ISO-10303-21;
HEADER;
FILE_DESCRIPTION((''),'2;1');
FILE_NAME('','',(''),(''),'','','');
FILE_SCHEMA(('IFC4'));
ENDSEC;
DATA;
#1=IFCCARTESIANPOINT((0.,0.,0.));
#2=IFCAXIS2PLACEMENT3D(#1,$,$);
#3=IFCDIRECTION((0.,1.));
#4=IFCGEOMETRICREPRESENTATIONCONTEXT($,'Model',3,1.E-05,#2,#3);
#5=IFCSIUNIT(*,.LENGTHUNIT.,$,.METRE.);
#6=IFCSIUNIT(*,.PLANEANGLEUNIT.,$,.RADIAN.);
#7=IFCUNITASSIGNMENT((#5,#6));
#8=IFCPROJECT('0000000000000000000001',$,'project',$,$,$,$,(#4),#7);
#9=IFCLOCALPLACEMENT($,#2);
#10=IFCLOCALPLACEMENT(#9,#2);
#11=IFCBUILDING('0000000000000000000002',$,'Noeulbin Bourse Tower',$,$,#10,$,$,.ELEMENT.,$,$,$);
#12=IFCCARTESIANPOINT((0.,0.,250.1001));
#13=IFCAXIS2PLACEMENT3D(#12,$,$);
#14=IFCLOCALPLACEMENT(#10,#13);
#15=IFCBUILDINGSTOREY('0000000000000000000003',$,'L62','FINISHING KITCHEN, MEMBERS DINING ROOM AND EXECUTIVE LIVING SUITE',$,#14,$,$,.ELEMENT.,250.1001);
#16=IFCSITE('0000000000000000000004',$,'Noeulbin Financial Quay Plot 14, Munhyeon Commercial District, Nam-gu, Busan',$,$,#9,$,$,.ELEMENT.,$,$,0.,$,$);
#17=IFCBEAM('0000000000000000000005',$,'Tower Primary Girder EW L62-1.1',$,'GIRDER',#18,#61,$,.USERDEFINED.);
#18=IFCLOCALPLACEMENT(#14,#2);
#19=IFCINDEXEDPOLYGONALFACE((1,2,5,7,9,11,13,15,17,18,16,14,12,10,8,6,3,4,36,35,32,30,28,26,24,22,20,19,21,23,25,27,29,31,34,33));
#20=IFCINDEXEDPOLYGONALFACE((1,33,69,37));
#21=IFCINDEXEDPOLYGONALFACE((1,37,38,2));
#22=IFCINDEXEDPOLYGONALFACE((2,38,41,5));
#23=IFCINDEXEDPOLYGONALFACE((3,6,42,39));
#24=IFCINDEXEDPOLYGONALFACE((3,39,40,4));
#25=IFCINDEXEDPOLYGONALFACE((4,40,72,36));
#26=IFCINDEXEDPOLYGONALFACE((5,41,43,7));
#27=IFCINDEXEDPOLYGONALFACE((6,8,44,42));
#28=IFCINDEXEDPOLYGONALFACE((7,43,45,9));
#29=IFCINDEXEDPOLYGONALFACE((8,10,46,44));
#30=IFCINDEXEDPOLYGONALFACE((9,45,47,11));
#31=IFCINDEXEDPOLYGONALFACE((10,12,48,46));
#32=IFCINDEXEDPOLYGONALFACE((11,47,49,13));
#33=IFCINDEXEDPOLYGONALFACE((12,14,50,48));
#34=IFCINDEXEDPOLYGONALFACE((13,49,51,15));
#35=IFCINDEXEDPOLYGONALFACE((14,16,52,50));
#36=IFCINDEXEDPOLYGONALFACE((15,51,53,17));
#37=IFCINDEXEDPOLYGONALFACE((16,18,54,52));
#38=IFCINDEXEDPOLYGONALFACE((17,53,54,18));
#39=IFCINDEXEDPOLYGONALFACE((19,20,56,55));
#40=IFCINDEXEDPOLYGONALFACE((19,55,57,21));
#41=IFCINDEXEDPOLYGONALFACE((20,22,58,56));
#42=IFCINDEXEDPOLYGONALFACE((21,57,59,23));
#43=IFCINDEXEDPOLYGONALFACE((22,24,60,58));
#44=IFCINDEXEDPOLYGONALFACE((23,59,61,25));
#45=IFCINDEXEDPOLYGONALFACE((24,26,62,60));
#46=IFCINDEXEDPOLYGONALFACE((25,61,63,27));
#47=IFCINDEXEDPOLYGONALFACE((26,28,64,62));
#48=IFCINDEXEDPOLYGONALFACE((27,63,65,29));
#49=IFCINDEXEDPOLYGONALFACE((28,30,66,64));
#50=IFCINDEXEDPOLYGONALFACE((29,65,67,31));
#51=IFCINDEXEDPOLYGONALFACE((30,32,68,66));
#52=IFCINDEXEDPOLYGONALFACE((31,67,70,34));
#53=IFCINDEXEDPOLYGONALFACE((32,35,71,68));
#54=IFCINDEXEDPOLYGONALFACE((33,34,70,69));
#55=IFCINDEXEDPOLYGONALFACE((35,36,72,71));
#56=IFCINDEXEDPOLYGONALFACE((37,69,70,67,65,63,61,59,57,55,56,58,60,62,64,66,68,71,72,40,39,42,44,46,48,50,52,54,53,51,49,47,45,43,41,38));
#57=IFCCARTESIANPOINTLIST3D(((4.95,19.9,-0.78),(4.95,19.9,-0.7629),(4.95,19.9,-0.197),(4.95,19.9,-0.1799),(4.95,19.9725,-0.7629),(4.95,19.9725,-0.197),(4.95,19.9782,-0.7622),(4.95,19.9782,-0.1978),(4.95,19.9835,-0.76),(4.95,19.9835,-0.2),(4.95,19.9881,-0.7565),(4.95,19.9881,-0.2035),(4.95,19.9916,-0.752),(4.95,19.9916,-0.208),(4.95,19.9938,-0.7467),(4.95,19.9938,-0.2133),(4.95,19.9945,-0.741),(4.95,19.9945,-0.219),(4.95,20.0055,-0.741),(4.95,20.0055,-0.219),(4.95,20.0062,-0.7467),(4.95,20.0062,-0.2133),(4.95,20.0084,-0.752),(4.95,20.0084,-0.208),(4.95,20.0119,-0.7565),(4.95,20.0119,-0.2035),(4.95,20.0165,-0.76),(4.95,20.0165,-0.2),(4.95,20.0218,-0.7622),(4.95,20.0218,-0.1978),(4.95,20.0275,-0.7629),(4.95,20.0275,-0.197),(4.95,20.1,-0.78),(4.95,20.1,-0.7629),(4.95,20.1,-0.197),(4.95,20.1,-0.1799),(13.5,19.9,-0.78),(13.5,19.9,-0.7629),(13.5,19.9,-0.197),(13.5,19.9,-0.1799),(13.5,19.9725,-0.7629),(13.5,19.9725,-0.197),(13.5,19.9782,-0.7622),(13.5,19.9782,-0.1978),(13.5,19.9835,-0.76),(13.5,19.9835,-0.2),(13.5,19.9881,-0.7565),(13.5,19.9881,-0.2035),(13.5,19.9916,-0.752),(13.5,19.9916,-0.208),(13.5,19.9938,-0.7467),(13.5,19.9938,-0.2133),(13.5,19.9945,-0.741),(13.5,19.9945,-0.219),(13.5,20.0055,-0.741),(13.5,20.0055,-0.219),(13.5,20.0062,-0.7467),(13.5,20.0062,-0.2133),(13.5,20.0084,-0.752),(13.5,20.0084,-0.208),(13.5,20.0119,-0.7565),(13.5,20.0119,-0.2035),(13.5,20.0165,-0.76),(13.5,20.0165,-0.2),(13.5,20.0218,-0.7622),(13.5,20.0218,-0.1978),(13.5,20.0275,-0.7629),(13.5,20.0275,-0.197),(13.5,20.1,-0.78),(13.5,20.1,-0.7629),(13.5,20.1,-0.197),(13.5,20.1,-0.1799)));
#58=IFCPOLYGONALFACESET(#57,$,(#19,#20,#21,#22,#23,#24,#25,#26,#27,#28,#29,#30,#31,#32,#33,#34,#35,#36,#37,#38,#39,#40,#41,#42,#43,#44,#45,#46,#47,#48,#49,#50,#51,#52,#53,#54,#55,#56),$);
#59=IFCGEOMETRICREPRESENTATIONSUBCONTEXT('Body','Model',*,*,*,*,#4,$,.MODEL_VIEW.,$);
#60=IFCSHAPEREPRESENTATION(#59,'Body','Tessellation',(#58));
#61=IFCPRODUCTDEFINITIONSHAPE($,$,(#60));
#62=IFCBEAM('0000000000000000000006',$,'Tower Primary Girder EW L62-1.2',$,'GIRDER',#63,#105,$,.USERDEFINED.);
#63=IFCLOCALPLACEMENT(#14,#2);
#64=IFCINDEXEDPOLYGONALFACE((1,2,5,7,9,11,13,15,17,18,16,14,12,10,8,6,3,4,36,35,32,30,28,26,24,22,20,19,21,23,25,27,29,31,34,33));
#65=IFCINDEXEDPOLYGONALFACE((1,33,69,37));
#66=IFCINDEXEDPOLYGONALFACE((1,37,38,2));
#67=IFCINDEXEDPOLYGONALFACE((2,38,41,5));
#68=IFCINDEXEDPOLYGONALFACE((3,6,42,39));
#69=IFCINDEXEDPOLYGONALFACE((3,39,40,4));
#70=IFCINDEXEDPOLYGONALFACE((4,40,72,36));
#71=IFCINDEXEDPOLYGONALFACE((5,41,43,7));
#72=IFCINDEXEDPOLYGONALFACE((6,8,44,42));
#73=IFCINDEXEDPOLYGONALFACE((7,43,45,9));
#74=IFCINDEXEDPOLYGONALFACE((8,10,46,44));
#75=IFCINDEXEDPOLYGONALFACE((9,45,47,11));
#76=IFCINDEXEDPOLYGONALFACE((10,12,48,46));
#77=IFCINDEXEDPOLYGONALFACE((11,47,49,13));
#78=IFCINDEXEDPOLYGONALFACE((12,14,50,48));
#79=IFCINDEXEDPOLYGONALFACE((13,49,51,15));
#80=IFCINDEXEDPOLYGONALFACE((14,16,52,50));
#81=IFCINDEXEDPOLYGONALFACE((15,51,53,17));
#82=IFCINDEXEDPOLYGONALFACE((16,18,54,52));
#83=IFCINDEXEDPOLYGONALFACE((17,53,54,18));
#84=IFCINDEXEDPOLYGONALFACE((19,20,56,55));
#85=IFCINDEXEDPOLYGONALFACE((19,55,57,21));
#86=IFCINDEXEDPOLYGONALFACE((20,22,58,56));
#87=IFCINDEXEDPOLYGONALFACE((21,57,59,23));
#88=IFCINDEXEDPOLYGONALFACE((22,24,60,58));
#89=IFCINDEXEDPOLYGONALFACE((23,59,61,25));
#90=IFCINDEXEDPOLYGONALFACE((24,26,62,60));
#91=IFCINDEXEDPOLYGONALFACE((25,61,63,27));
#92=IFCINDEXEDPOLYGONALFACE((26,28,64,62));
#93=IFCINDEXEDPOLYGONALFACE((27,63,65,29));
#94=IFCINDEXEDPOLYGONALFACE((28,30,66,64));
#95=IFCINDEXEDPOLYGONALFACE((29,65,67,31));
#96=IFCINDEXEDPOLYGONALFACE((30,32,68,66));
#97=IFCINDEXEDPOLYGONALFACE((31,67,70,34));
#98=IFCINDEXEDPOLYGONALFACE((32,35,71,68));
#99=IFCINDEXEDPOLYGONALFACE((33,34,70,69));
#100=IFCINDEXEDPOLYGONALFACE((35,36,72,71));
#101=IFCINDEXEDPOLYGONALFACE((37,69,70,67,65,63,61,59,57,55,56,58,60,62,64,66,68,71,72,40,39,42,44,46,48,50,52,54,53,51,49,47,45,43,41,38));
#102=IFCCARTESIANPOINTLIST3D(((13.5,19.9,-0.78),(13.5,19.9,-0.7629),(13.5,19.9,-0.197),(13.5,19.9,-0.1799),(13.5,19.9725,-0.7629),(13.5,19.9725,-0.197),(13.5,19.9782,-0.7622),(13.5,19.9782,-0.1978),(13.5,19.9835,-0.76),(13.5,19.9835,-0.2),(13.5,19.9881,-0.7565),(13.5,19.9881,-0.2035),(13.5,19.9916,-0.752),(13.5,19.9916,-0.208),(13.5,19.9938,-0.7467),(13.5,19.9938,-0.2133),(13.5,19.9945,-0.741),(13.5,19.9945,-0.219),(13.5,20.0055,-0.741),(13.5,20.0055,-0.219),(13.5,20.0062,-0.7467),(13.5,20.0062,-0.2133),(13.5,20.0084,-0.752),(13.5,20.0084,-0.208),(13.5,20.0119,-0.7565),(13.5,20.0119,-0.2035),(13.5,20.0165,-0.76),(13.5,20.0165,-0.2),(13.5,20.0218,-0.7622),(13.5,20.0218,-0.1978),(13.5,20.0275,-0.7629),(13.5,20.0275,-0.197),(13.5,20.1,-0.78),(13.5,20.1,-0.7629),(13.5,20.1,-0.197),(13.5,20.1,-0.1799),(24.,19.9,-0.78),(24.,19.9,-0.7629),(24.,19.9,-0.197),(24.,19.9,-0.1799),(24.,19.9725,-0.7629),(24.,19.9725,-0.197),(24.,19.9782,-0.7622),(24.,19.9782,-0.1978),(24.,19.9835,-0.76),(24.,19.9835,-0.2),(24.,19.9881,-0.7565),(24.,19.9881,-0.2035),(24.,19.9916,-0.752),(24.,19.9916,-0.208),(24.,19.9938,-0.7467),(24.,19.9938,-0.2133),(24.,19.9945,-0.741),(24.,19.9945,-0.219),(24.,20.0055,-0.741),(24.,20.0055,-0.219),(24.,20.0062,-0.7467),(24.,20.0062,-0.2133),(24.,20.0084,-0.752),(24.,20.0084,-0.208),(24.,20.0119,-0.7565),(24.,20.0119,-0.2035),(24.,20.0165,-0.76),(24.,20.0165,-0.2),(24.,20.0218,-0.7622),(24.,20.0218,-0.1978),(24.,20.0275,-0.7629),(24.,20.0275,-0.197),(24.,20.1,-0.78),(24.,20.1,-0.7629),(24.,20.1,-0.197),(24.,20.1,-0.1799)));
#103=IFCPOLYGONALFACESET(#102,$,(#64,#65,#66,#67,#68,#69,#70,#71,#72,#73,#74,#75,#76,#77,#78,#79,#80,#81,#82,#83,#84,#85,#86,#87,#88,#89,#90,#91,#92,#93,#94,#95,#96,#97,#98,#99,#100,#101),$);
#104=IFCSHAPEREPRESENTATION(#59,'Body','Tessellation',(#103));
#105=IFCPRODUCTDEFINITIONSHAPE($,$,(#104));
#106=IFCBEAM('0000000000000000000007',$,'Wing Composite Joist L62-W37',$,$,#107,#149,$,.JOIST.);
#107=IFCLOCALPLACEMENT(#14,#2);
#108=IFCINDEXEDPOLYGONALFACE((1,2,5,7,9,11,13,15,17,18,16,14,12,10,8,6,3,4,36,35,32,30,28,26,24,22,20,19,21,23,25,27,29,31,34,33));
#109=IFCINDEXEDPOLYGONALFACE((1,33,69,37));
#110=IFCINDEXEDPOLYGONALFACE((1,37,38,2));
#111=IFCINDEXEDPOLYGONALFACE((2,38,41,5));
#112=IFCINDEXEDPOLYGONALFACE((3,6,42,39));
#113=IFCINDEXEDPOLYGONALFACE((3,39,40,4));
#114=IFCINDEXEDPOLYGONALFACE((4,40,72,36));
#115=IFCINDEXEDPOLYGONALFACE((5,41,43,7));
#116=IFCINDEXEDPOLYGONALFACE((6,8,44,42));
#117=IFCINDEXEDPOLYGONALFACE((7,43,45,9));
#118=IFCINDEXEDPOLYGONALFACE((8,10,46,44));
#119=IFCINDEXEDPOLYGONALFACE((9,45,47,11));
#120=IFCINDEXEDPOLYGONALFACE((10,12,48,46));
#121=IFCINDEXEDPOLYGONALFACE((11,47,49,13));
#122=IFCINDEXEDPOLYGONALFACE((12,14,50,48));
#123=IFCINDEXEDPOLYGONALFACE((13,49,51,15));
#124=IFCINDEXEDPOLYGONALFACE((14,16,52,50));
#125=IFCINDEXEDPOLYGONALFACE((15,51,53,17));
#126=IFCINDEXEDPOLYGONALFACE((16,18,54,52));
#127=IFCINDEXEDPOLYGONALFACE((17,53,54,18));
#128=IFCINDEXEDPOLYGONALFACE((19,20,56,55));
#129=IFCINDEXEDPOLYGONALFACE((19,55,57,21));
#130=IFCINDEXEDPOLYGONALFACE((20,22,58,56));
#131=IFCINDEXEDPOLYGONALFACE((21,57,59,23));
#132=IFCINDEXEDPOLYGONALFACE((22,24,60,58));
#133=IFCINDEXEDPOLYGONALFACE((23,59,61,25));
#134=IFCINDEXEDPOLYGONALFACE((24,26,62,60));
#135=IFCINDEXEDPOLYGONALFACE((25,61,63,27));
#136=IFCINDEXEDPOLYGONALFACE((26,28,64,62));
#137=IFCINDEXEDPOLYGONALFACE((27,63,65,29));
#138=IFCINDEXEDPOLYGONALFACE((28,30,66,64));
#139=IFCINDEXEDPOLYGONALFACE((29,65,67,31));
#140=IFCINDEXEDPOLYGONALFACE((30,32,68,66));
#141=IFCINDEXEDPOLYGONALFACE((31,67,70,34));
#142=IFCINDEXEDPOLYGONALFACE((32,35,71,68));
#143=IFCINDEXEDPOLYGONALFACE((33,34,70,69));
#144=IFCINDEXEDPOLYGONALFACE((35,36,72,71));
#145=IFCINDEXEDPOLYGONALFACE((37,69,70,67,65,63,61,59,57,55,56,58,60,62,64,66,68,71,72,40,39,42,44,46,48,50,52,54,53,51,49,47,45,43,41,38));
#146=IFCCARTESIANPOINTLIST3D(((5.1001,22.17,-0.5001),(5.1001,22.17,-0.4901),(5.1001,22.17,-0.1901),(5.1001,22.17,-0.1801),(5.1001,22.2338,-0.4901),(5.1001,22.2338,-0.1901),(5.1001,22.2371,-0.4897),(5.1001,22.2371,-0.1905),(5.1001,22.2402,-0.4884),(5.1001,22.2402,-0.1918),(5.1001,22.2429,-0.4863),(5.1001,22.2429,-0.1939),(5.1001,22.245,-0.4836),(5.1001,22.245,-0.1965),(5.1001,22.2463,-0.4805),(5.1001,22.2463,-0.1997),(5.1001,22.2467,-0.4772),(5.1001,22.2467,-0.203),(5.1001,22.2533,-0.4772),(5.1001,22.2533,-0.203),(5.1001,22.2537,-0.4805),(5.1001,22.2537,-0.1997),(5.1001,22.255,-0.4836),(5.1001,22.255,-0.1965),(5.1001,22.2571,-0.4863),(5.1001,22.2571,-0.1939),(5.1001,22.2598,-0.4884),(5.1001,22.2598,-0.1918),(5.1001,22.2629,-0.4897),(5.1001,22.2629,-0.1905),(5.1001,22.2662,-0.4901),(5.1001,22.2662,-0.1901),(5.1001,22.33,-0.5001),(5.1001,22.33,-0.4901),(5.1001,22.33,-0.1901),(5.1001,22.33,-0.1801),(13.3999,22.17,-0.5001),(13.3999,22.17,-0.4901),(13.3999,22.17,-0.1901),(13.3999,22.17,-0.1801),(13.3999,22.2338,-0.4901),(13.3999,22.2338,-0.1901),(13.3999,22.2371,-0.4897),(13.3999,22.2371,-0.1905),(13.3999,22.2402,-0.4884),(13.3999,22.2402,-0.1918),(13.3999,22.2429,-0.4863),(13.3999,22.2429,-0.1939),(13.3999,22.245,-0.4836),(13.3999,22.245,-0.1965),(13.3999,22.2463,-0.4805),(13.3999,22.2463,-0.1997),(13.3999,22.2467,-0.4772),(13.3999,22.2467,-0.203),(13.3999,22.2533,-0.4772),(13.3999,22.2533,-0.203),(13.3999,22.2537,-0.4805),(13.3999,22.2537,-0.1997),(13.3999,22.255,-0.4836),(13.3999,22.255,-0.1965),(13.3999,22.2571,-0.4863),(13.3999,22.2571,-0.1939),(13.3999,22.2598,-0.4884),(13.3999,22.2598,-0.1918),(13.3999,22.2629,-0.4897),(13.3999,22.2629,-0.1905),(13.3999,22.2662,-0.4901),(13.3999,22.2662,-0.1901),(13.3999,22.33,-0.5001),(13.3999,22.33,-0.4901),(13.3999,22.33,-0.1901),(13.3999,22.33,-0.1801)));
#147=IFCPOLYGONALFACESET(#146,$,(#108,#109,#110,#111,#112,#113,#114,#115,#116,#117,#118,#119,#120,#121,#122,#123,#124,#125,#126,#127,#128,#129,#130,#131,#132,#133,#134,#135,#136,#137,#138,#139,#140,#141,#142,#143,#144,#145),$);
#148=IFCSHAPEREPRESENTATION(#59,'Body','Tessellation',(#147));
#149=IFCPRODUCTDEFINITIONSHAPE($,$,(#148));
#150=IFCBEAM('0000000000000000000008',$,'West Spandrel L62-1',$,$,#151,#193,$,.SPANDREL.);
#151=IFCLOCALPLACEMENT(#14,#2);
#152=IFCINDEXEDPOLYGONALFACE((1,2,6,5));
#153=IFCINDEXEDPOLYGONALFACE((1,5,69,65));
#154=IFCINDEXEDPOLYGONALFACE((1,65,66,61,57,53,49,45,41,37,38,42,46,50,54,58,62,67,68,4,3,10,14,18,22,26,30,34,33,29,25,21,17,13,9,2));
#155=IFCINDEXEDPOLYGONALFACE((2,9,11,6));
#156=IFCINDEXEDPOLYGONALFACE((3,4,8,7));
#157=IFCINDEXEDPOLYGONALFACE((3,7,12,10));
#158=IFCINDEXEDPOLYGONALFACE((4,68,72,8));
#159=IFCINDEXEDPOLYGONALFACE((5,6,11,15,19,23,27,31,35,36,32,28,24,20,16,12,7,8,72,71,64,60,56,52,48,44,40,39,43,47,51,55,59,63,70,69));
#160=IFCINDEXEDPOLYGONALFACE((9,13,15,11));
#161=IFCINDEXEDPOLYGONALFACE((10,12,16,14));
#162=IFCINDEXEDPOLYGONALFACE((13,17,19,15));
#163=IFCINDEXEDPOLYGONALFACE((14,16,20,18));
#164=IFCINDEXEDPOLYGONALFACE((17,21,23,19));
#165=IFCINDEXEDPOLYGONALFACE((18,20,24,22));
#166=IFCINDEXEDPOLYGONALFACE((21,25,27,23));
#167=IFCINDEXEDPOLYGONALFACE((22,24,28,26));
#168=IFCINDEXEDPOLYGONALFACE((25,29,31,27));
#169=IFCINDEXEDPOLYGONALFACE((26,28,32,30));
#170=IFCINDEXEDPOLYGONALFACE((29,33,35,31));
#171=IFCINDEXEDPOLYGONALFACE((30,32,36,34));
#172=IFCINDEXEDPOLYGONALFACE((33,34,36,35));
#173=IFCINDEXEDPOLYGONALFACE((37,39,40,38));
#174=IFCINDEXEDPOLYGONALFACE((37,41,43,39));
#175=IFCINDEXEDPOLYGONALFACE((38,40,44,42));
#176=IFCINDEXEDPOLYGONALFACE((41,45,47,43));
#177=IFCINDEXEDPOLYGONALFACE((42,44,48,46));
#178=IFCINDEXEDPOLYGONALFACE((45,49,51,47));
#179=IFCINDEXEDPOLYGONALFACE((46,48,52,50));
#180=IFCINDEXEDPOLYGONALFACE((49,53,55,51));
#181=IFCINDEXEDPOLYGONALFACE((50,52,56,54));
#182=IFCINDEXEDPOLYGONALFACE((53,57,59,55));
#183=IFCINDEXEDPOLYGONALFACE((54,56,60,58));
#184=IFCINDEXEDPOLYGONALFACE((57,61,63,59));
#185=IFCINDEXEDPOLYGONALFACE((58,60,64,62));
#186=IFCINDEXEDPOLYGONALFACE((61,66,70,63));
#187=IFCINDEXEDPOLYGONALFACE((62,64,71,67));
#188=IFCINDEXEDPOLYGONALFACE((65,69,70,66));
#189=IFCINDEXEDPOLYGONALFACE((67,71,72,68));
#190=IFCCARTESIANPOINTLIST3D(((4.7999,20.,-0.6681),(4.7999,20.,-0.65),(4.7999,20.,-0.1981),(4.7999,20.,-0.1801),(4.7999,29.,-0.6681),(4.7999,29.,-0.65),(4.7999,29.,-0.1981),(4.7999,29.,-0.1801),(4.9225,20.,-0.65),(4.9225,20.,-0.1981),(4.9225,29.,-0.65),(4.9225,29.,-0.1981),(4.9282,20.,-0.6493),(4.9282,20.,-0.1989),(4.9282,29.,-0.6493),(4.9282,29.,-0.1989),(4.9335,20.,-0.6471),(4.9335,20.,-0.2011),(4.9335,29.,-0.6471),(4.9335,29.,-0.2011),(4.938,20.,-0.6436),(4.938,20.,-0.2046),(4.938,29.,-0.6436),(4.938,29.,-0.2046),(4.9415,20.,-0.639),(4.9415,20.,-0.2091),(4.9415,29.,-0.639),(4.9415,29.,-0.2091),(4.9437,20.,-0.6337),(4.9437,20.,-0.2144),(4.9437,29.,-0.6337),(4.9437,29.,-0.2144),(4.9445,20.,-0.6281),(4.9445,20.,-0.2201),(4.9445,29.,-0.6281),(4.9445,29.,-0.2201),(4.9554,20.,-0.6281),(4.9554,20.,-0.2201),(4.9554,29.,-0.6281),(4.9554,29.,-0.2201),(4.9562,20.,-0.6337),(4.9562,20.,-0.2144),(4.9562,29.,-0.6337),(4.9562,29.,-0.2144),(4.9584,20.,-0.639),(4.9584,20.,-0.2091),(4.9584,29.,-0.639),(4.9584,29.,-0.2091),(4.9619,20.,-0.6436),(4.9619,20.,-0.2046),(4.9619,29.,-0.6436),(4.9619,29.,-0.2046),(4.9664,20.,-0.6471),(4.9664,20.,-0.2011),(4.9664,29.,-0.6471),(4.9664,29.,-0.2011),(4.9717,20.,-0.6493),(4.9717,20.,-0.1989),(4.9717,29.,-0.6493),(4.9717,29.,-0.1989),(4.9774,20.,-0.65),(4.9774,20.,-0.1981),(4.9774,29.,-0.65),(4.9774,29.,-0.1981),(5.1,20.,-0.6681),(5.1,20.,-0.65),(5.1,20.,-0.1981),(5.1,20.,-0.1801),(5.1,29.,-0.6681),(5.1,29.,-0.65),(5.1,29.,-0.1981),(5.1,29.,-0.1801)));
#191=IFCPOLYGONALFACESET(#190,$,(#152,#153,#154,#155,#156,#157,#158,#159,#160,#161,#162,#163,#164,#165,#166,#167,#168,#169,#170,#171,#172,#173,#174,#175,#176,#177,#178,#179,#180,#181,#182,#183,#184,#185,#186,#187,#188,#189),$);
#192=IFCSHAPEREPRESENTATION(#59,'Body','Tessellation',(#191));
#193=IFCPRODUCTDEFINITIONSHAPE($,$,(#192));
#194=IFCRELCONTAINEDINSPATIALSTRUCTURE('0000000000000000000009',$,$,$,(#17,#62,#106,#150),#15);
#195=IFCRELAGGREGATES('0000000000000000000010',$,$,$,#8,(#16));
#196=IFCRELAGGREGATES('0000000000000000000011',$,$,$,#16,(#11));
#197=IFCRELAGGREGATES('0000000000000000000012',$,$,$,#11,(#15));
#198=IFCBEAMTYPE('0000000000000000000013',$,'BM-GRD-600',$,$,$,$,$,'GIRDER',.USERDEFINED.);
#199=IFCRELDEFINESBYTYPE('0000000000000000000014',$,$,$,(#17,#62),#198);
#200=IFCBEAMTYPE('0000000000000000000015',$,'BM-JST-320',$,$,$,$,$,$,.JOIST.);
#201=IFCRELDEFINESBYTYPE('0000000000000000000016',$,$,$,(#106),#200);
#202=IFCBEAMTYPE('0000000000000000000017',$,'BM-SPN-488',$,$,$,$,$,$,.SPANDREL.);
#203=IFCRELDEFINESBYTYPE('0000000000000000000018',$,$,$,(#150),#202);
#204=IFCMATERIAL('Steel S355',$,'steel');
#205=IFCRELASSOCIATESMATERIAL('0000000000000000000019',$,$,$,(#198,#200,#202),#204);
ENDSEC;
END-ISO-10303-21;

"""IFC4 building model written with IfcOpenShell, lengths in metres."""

from ifc_helpers import new_model, si_unit, direction, frame, origin, origin_2d, place, context, subcontext, project, spatial, i_section, extrude, material, material_profile, profile_set, type_object, element, save


model = new_model("IFC4")

# Units and contexts
model_context = context("Model", 3, precision=1e-05, world=origin(), true_north=direction((0.0, 1.0)))
body_context = subcontext(model_context, "Body", "Model", "MODEL_VIEW")
ifc_project = project(units=[si_unit("LENGTHUNIT", "METRE"), si_unit("PLANEANGLEUNIT", "RADIAN")], contexts=[model_context])

# Site, building, storey
site_placement = place(None, origin())
site = spatial("IfcSite", under=ifc_project, at=site_placement, Name="Noeulbin Financial Quay Plot 14, Munhyeon Commercial District, Nam-gu, Busan", CompositionType="ELEMENT", RefElevation=0.0)
building_placement = place(site_placement, origin())
building = spatial("IfcBuilding", under=site, at=building_placement, Name="Noeulbin Bourse Tower", CompositionType="ELEMENT")
storey_placement = place(building_placement, frame((0.0, 0.0, 250.1001)))
storey = spatial("IfcBuildingStorey", under=building, at=storey_placement, Name="L62", Description="FINISHING KITCHEN, MEMBERS DINING ROOM AND EXECUTIVE LIVING SUITE", CompositionType="ELEMENT", Elevation=250.1001)

# Shared definitions
ifc_material_1 = material(Name="Steel S355", Category="steel")

# Beams
ifc_material_profile_1 = material_profile(ifc_material_1, i_section(OverallWidth=0.2, OverallDepth=0.6001, WebThickness=0.011, FlangeThickness=0.0171, FilletRadius=0.022, at=origin_2d()), Name="H-600x200x11x17", Category="LoadBearing")
ifc_profile_set_1 = profile_set([ifc_material_profile_1], Name="Steel S355")
beam_type_1 = type_object("IfcBeamType", Name="BM-GRD-600", ElementType="GIRDER", PredefinedType="USERDEFINED", material=ifc_profile_set_1)
beam_1_placement = place(storey_placement, frame((4.95, 20.0, -0.48), z_axis=(1.0, 0.0, 0.0), x_axis=(0.0, 1.0, 0.0)))
element("IfcBeam", 1, at=beam_1_placement, inside=storey, type_object=beam_type_1, Name="Tower Primary Girder EW L62-1.1", ObjectType="GIRDER", PredefinedType="USERDEFINED", context=body_context, shape_type="SweptSolid", body=[
    extrude(i_section(OverallWidth=0.2, OverallDepth=0.6001, WebThickness=0.011, FlangeThickness=0.0171, FilletRadius=0.022, at=origin_2d()), origin(), (0.0, 0.0, 1.0), 8.55),
])
beam_2_placement = place(storey_placement, frame((13.5, 20.0, -0.48), z_axis=(1.0, 0.0, 0.0), x_axis=(0.0, 1.0, 0.0)))
element("IfcBeam", 2, at=beam_2_placement, inside=storey, type_object=beam_type_1, Name="Tower Primary Girder EW L62-1.2", ObjectType="GIRDER", PredefinedType="USERDEFINED", context=body_context, shape_type="SweptSolid", body=[
    extrude(i_section(OverallWidth=0.2, OverallDepth=0.6001, WebThickness=0.011, FlangeThickness=0.0171, FilletRadius=0.022, at=origin_2d()), origin(), (0.0, 0.0, 1.0), 10.5),
])
ifc_material_profile_2 = material_profile(ifc_material_1, i_section(OverallWidth=0.1599, OverallDepth=0.3201, WebThickness=0.0066, FlangeThickness=0.01, FilletRadius=0.0129, at=origin_2d()), Name="H-320x160x6.5x10", Category="LoadBearing")
ifc_profile_set_2 = profile_set([ifc_material_profile_2], Name="Steel S355")
beam_type_2 = type_object("IfcBeamType", Name="BM-JST-320", PredefinedType="JOIST", material=ifc_profile_set_2)
beam_3_placement = place(storey_placement, frame((5.1001, 22.25, -0.3401), z_axis=(1.0, 0.0, 0.0), x_axis=(0.0, 1.0, 0.0)))
element("IfcBeam", 3, at=beam_3_placement, inside=storey, type_object=beam_type_2, Name="Wing Composite Joist L62-W37", PredefinedType="JOIST", context=body_context, shape_type="SweptSolid", body=[
    extrude(i_section(OverallWidth=0.1599, OverallDepth=0.3201, WebThickness=0.0066, FlangeThickness=0.01, FilletRadius=0.0129, at=origin_2d()), origin(), (0.0, 0.0, 1.0), 8.2998),
])
ifc_material_profile_3 = material_profile(ifc_material_1, i_section(OverallWidth=0.3, OverallDepth=0.488, WebThickness=0.011, FlangeThickness=0.0181, FilletRadius=0.022, at=origin_2d()), Name="H-488x300x11x18", Category="LoadBearing")
ifc_profile_set_3 = profile_set([ifc_material_profile_3], Name="Steel S355")
beam_type_3 = type_object("IfcBeamType", Name="BM-SPN-488", PredefinedType="SPANDREL", material=ifc_profile_set_3)
beam_4_placement = place(storey_placement, frame((4.95, 20.0, -0.4241), z_axis=(0.0, 1.0, 0.0), x_axis=(-1.0, 0.0, 0.0)))
element("IfcBeam", 4, at=beam_4_placement, inside=storey, type_object=beam_type_3, Name="West Spandrel L62-1", PredefinedType="SPANDREL", context=body_context, shape_type="SweptSolid", body=[
    extrude(i_section(OverallWidth=0.3, OverallDepth=0.488, WebThickness=0.011, FlangeThickness=0.0181, FilletRadius=0.022, at=origin_2d()), origin(), (0.0, 0.0, 1.0), 9.0),
])

save(model, "model.ifc")
